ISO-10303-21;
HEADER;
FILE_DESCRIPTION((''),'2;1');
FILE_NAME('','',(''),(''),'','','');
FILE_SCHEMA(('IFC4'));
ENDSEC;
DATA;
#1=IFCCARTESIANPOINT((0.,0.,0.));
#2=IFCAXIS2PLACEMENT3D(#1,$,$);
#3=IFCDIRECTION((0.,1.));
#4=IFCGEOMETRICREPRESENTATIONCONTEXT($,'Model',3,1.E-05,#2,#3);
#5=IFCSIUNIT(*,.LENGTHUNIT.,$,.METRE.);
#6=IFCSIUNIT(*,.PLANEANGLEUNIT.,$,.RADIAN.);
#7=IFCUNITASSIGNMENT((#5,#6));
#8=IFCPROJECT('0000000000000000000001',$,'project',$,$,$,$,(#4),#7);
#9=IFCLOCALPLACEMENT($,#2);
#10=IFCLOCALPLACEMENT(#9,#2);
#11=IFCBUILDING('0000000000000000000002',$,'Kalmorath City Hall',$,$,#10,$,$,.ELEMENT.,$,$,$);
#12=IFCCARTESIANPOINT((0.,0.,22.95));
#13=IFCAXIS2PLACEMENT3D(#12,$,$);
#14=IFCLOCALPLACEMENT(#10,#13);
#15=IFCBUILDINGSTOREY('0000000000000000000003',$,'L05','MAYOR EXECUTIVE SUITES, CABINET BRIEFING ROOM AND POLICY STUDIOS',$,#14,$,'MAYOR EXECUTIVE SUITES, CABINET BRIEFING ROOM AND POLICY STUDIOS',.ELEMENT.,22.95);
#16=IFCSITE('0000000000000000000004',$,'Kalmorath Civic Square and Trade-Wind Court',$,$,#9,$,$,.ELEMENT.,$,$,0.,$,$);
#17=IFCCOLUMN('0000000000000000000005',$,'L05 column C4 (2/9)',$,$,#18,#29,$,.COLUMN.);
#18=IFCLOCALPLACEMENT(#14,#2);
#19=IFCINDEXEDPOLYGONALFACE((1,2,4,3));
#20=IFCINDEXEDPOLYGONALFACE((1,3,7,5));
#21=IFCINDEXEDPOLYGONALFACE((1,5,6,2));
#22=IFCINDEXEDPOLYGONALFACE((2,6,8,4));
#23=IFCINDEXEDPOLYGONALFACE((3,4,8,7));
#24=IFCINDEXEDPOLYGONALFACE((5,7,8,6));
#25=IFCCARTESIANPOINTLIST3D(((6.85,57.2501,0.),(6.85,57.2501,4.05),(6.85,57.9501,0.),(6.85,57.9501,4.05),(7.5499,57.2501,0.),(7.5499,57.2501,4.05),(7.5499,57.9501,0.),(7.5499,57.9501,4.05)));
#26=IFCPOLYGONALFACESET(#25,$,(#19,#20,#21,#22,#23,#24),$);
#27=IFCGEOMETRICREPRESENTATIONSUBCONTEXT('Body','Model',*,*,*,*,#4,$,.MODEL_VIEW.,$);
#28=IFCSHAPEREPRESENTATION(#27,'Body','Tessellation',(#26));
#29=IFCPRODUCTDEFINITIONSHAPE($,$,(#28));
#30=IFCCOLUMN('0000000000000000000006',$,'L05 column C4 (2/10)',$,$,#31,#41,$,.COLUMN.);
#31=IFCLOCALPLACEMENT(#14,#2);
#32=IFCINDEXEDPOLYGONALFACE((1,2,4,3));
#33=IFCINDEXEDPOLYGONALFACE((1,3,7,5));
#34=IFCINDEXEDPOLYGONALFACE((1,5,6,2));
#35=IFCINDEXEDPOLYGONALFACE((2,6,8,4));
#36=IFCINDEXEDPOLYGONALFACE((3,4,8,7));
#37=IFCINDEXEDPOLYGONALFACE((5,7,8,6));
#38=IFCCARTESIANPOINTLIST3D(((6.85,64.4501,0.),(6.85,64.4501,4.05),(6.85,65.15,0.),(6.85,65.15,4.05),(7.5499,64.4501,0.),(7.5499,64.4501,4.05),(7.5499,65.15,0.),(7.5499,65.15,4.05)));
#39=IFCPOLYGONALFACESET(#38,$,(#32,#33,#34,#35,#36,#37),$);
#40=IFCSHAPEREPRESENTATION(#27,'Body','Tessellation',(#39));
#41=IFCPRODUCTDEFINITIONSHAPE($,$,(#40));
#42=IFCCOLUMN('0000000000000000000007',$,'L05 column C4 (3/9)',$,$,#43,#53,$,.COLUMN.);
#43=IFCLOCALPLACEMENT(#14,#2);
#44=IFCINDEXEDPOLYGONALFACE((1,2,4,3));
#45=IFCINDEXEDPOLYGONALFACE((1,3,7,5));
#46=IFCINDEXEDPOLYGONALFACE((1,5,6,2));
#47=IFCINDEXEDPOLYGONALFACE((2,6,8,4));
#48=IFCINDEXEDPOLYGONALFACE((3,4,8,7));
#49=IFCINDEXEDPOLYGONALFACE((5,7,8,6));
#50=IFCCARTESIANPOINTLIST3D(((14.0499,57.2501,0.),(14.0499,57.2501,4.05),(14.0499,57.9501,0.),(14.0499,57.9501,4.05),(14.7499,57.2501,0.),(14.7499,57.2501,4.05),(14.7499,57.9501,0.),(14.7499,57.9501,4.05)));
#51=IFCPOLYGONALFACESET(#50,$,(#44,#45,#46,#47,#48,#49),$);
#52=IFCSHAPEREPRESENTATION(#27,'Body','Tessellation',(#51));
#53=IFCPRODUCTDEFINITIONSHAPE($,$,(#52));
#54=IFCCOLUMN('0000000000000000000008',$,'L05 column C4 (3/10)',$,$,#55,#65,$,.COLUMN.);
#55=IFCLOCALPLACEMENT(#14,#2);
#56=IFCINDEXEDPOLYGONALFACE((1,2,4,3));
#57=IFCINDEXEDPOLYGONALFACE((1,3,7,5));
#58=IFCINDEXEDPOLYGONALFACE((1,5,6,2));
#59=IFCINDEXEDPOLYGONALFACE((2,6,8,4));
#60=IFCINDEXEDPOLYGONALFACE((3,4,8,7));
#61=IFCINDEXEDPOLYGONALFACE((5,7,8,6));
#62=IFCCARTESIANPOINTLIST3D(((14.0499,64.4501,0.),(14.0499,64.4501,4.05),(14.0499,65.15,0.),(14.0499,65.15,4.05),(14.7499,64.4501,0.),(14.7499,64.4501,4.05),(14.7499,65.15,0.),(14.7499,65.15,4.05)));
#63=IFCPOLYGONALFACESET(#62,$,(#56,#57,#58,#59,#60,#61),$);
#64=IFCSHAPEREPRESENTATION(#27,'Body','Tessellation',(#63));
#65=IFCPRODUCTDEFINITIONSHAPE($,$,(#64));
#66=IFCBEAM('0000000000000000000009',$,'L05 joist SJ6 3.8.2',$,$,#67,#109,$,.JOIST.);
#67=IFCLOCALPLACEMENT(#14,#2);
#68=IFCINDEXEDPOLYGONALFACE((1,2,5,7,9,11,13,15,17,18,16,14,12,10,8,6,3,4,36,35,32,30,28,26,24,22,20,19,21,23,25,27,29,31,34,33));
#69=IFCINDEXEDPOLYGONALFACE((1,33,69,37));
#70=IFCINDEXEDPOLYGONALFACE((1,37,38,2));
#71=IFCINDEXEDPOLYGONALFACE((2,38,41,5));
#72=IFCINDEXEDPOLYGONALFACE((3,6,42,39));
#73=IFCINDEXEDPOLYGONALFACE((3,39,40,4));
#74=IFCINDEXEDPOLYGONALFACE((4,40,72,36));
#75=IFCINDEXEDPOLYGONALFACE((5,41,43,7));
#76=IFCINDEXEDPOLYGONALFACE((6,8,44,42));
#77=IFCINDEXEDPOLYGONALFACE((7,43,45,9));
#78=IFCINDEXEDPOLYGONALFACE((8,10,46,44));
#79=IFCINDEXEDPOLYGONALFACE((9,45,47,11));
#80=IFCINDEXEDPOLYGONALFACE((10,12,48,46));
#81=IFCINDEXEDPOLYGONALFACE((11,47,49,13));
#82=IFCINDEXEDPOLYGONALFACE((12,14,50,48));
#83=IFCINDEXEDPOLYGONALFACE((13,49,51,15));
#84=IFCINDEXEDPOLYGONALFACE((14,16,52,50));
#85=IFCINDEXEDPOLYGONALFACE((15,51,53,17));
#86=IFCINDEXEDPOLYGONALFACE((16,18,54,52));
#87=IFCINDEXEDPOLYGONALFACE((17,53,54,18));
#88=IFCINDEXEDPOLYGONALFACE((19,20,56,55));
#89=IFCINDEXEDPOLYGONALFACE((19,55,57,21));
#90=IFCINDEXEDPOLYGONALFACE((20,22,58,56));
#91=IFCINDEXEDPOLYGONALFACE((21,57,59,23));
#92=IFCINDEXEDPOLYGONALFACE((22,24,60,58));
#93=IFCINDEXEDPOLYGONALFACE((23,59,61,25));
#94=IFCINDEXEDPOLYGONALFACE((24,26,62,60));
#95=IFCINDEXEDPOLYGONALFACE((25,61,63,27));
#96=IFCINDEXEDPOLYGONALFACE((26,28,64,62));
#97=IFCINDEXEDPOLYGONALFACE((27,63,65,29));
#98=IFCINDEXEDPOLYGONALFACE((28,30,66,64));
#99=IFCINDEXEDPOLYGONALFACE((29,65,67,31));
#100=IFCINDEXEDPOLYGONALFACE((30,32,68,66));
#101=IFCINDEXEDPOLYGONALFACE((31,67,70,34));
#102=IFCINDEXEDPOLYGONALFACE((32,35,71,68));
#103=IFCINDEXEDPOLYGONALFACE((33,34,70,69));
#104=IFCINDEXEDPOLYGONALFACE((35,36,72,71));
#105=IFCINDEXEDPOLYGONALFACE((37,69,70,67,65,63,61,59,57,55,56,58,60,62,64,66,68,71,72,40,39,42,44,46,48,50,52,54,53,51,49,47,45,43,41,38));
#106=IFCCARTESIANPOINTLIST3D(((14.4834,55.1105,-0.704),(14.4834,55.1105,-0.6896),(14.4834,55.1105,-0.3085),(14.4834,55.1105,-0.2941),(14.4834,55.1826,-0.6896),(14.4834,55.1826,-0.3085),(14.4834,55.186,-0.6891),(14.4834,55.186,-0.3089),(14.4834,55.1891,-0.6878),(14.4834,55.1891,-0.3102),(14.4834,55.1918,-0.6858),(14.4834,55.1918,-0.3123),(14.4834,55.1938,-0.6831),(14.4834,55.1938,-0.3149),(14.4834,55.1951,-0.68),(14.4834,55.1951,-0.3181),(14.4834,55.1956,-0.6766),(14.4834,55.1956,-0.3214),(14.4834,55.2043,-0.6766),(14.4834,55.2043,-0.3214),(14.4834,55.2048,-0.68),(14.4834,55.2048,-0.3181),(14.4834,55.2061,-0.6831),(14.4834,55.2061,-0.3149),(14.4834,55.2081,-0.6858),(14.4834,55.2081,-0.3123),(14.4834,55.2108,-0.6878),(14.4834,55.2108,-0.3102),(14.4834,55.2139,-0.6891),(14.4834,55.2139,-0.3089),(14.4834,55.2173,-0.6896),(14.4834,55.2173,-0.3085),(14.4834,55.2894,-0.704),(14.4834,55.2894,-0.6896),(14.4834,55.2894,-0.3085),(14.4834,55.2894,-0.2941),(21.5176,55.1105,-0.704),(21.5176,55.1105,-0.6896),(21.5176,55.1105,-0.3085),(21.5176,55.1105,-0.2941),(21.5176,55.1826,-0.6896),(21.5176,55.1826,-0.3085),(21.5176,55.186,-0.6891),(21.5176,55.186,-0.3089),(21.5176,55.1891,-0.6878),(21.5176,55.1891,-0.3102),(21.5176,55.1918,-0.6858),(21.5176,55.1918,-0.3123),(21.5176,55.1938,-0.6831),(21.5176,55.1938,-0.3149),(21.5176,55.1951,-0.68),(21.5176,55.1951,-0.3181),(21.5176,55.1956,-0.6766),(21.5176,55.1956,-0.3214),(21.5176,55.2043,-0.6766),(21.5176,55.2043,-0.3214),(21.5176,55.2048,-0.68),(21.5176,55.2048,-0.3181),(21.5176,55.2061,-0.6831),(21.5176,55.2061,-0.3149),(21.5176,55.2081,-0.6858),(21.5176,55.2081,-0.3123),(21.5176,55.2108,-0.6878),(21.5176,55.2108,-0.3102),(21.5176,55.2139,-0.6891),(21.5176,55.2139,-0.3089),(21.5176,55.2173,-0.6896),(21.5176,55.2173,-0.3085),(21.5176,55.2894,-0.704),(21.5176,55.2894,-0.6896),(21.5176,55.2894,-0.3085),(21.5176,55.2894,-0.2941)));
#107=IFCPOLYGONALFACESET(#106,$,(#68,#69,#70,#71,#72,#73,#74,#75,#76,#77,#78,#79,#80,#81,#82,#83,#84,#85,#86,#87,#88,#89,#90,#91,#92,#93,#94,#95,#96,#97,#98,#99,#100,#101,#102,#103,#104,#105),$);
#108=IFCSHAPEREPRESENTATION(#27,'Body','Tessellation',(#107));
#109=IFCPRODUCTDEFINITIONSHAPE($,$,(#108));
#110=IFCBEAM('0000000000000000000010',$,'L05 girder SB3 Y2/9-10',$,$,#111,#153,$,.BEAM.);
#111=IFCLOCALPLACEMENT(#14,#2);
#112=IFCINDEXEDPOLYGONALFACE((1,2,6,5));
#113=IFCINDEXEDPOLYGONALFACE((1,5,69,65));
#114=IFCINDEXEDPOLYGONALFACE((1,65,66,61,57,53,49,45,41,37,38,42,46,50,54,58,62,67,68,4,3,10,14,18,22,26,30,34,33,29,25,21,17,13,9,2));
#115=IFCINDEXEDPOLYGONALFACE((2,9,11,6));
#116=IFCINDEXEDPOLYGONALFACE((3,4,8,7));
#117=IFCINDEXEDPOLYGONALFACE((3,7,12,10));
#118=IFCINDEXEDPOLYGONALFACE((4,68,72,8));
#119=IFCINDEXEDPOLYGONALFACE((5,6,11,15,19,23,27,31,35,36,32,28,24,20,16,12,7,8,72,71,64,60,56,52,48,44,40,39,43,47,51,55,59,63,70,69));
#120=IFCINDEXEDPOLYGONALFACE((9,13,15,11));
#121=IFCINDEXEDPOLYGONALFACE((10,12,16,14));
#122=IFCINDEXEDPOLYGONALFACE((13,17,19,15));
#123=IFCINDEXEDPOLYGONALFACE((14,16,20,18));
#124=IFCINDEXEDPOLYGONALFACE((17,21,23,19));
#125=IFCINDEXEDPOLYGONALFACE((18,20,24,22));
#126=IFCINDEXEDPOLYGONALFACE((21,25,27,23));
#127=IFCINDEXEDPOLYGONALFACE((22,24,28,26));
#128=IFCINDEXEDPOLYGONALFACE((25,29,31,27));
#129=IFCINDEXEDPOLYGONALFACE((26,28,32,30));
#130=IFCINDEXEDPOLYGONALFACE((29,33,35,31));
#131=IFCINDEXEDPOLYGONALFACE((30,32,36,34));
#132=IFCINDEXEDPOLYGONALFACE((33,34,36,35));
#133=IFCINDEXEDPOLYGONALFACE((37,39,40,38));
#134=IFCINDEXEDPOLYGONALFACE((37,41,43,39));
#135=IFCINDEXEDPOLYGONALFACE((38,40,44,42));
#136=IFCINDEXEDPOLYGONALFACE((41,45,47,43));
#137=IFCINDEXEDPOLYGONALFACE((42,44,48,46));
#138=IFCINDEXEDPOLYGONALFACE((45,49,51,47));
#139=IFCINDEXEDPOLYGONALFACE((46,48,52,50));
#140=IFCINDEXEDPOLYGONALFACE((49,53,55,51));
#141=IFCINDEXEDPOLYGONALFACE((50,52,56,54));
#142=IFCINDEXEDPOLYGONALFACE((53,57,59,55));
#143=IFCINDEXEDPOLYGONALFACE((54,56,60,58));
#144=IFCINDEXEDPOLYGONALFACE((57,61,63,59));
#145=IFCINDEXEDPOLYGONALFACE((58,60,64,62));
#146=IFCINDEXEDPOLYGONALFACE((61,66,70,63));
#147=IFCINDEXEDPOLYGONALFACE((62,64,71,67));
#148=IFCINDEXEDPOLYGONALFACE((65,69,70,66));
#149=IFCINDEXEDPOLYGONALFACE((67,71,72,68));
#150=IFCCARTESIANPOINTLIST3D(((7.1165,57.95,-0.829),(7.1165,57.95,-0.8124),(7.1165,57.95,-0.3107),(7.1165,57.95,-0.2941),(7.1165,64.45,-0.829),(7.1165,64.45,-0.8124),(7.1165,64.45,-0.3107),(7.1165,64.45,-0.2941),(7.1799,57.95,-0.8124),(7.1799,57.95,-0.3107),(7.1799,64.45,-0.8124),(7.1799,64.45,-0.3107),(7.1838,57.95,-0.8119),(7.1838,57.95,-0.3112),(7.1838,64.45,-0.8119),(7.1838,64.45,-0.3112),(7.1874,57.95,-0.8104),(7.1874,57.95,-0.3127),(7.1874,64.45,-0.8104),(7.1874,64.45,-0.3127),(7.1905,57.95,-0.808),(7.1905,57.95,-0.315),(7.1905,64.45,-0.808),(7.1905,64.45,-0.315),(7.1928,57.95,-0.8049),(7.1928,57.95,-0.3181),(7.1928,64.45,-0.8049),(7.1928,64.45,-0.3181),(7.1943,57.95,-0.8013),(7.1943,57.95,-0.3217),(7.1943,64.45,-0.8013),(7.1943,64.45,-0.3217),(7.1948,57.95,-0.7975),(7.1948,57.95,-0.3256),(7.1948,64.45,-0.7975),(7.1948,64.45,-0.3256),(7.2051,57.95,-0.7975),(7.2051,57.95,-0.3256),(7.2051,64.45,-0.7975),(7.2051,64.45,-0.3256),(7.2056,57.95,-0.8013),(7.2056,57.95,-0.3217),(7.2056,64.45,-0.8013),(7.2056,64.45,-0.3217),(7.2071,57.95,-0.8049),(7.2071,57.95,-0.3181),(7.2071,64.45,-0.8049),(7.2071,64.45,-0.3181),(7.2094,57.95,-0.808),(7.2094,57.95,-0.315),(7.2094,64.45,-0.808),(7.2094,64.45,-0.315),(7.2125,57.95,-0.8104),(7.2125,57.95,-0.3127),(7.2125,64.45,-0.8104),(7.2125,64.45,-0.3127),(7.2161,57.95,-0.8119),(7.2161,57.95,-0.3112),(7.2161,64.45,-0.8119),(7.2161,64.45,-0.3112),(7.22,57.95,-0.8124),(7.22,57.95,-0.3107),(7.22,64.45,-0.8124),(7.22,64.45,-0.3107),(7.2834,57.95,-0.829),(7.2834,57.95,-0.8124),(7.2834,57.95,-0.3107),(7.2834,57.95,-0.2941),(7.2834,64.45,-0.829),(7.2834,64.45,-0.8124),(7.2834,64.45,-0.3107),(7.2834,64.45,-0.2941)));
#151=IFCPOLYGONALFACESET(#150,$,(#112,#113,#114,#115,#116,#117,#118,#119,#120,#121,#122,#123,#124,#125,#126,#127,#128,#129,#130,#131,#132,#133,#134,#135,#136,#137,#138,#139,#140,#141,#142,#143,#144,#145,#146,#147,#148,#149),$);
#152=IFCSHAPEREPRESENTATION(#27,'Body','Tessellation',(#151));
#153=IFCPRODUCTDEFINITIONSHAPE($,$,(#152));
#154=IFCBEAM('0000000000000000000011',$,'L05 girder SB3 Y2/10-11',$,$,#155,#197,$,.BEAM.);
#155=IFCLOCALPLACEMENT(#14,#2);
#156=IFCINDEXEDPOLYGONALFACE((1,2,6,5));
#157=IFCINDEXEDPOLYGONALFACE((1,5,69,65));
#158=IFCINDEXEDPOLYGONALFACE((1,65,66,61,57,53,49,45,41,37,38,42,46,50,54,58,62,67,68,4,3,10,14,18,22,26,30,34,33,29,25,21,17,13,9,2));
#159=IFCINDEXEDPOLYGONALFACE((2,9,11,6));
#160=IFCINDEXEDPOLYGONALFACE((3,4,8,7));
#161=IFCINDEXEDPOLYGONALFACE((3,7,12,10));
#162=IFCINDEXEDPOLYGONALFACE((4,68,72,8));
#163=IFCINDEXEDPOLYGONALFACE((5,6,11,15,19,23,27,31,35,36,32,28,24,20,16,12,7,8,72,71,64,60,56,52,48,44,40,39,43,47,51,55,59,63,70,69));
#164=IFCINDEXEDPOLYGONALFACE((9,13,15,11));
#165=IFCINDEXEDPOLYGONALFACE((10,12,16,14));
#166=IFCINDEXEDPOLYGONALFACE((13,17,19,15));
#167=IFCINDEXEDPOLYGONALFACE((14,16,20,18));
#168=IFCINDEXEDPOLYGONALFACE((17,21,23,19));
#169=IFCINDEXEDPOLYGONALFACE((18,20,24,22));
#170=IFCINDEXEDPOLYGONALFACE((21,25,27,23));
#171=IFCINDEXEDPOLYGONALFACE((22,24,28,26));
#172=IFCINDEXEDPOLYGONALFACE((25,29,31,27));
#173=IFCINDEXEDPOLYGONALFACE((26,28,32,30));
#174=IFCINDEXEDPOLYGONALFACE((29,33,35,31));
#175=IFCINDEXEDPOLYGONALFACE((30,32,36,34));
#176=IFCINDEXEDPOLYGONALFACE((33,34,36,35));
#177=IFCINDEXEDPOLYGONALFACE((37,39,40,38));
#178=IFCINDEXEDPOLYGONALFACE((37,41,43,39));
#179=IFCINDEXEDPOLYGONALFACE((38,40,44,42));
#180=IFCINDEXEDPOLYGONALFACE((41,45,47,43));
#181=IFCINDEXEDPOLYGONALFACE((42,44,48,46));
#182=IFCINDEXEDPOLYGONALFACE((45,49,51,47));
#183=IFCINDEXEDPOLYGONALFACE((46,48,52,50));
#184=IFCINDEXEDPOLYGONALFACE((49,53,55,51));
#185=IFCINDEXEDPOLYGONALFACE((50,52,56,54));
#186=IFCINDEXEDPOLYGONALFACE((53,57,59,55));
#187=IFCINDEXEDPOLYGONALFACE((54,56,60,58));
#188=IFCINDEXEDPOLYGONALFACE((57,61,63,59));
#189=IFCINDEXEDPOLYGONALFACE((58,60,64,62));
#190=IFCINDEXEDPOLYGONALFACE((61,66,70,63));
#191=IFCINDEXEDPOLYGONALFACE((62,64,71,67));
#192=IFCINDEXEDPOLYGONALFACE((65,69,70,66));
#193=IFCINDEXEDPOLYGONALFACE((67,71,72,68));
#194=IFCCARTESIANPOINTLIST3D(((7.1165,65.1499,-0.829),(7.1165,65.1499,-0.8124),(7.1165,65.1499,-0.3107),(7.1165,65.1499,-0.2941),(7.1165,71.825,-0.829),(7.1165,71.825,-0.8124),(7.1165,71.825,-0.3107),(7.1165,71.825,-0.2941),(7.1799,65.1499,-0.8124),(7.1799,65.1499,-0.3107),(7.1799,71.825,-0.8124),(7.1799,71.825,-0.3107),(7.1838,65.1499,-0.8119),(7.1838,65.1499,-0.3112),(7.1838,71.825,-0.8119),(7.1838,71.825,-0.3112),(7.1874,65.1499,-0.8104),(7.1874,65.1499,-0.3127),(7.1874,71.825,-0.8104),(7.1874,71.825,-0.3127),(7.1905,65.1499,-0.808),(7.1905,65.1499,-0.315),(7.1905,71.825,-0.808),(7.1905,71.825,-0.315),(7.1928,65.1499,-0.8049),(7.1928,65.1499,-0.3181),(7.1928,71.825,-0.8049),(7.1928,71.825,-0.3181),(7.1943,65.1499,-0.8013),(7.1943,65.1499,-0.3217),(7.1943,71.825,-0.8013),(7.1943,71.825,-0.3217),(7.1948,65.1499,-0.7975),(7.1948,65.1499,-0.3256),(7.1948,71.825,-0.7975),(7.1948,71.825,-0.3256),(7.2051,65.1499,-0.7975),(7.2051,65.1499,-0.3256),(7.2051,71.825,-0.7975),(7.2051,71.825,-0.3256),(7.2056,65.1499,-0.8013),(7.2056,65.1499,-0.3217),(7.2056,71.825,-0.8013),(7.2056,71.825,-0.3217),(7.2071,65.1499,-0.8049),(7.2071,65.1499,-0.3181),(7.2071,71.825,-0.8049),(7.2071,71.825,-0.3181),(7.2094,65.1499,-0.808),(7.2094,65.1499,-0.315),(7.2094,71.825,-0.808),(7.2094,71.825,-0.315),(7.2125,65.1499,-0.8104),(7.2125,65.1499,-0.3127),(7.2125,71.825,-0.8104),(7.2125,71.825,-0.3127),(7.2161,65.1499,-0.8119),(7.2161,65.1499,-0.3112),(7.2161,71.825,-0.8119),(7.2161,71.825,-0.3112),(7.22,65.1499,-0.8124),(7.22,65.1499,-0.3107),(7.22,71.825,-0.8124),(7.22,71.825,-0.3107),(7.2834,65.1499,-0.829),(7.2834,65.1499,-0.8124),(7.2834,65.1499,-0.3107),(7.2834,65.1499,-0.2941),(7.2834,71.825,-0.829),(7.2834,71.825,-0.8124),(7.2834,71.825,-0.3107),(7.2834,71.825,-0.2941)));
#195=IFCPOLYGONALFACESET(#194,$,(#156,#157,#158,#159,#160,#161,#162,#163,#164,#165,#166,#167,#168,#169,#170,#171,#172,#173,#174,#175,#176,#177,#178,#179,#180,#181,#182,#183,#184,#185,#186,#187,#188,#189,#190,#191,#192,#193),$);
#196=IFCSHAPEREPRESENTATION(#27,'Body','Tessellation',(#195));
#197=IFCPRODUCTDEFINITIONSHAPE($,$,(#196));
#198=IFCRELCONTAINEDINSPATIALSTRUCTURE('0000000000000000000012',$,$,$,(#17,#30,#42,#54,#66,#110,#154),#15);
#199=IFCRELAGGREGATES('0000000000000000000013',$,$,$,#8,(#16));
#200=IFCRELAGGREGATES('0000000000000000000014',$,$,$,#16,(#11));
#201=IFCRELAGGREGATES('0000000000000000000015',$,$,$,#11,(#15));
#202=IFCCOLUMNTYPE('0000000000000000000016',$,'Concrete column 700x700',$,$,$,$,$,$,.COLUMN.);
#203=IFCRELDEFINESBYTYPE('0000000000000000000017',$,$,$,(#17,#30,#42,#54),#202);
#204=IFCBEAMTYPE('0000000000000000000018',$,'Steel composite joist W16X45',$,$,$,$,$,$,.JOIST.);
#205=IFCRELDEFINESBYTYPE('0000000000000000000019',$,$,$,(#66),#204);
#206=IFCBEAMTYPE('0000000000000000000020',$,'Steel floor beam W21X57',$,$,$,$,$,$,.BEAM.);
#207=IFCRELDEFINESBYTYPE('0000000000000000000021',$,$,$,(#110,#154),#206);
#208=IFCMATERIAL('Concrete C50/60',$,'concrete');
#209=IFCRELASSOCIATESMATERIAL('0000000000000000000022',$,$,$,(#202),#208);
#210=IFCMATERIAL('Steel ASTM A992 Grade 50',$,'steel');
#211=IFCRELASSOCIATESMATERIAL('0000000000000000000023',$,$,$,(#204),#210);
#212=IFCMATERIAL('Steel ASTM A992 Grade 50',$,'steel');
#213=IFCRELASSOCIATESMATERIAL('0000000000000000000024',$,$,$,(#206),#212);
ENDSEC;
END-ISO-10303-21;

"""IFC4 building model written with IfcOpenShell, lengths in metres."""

from ifc_helpers import new_model, si_unit, direction, frame, origin, origin_2d, place, context, subcontext, project, spatial, rectangle, i_section, extrude, material, material_profile, profile_set, type_object, element, save


model = new_model("IFC4")

# Units and contexts
model_context = context("Model", 3, precision=1e-05, world=origin(), true_north=direction((0.0, 1.0)))
body_context = subcontext(model_context, "Body", "Model", "MODEL_VIEW")
ifc_project = project(units=[si_unit("LENGTHUNIT", "METRE"), si_unit("PLANEANGLEUNIT", "RADIAN")], contexts=[model_context])

# Site, building, storey
site_placement = place(None, origin())
site = spatial("IfcSite", under=ifc_project, at=site_placement, Name="Kalmorath Civic Square and Trade-Wind Court", CompositionType="ELEMENT", RefElevation=0.0)
building_placement = place(site_placement, origin())
building = spatial("IfcBuilding", under=site, at=building_placement, Name="Kalmorath City Hall", CompositionType="ELEMENT")
storey_placement = place(building_placement, frame((0.0, 0.0, 22.95)))
storey = spatial("IfcBuildingStorey", under=building, at=storey_placement, Name="L05", Description="MAYOR EXECUTIVE SUITES, CABINET BRIEFING ROOM AND POLICY STUDIOS", LongName="MAYOR EXECUTIVE SUITES, CABINET BRIEFING ROOM AND POLICY STUDIOS", CompositionType="ELEMENT", Elevation=22.95)

# Columns
ifc_material_1 = material(Name="Concrete C50/60", Category="concrete")
ifc_material_profile_1 = material_profile(ifc_material_1, rectangle(XDim=0.7, YDim=0.7, at=origin_2d()), Name="RC-COL-700X700")
ifc_profile_set_1 = profile_set([ifc_material_profile_1], Name="Concrete C50/60")
column_type = type_object("IfcColumnType", Name="Concrete column 700x700", PredefinedType="COLUMN", material=ifc_profile_set_1)
for number, where, z_axis, x_axis, name in (
    (1, (7.2, 57.6001, 0.0), (0.0, 0.0, 1.0), (1.0, 0.0, 0.0), "L05 column C4 (2/9)"),
    (2, (7.2, 64.8, 0.0), (0.0, 0.0, 1.0), (1.0, 0.0, 0.0), "L05 column C4 (2/10)"),
    (3, (14.3999, 57.6001, 0.0), (0.0, 0.0, 1.0), (1.0, 0.0, 0.0), "L05 column C4 (3/9)"),
    (4, (14.3999, 64.8, 0.0), (0.0, 0.0, 1.0), (1.0, 0.0, 0.0), "L05 column C4 (3/10)"),
):
    element("IfcColumn", number, at=place(storey_placement, frame(where, z_axis=z_axis, x_axis=x_axis)), inside=storey, type_object=column_type, Name=name, PredefinedType="COLUMN", context=body_context, shape_type="SweptSolid", body=[
        extrude(rectangle(XDim=0.7, YDim=0.7, at=origin_2d()), origin(), (0.0, 0.0, 1.0), 4.05),
    ])

# Beams
ifc_material_2 = material(Name="Steel ASTM A992 Grade 50", Category="steel")
ifc_material_profile_2 = material_profile(ifc_material_2, i_section(OverallWidth=0.179, OverallDepth=0.4099, WebThickness=0.0088, FlangeThickness=0.0144, FilletRadius=0.0129, at=origin_2d()), Name="W16X45")
ifc_profile_set_2 = profile_set([ifc_material_profile_2], Name="Steel ASTM A992 Grade 50")
beam_type_1 = type_object("IfcBeamType", Name="Steel composite joist W16X45", PredefinedType="JOIST", material=ifc_profile_set_2)
beam_1_placement = place(storey_placement, frame((14.4834, 55.2, -0.499), z_axis=(1.0, 0.0, 0.0), x_axis=(0.0, 1.0, 0.0)))
element("IfcBeam", 5, at=beam_1_placement, inside=storey, type_object=beam_type_1, Name="L05 joist SJ6 3.8.2", PredefinedType="JOIST", context=body_context, shape_type="SweptSolid", body=[
    extrude(i_section(OverallWidth=0.179, OverallDepth=0.4099, WebThickness=0.0088, FlangeThickness=0.0144, FilletRadius=0.0129, at=origin_2d()), origin(), (0.0, 0.0, 1.0), 7.0342),
])
ifc_material_3 = material(Name="Steel ASTM A992 Grade 50", Category="steel")
ifc_material_profile_3 = material_profile(ifc_material_3, i_section(OverallWidth=0.167, OverallDepth=0.5349, WebThickness=0.0103, FlangeThickness=0.0166, FilletRadius=0.0149, at=origin_2d()), Name="W21X57")
ifc_profile_set_3 = profile_set([ifc_material_profile_3], Name="Steel ASTM A992 Grade 50")
beam_type_2 = type_object("IfcBeamType", Name="Steel floor beam W21X57", PredefinedType="BEAM", material=ifc_profile_set_3)
beam_2_placement = place(storey_placement, frame((7.2, 57.95, -0.5615), z_axis=(0.0, 1.0, 0.0), x_axis=(-1.0, 0.0, 0.0)))
element("IfcBeam", 6, at=beam_2_placement, inside=storey, type_object=beam_type_2, Name="L05 girder SB3 Y2/9-10", PredefinedType="BEAM", context=body_context, shape_type="SweptSolid", body=[
    extrude(i_section(OverallWidth=0.167, OverallDepth=0.5349, WebThickness=0.0103, FlangeThickness=0.0166, FilletRadius=0.0149, at=origin_2d()), origin(), (0.0, 0.0, 1.0), 6.5),
])
beam_3_placement = place(storey_placement, frame((7.2, 65.1499, -0.5615), z_axis=(0.0, 1.0, 0.0), x_axis=(-1.0, 0.0, 0.0)))
element("IfcBeam", 7, at=beam_3_placement, inside=storey, type_object=beam_type_2, Name="L05 girder SB3 Y2/10-11", PredefinedType="BEAM", context=body_context, shape_type="SweptSolid", body=[
    extrude(i_section(OverallWidth=0.167, OverallDepth=0.5349, WebThickness=0.0103, FlangeThickness=0.0166, FilletRadius=0.0149, at=origin_2d()), origin(), (0.0, 0.0, 1.0), 6.675),
])

save(model, "model.ifc")
